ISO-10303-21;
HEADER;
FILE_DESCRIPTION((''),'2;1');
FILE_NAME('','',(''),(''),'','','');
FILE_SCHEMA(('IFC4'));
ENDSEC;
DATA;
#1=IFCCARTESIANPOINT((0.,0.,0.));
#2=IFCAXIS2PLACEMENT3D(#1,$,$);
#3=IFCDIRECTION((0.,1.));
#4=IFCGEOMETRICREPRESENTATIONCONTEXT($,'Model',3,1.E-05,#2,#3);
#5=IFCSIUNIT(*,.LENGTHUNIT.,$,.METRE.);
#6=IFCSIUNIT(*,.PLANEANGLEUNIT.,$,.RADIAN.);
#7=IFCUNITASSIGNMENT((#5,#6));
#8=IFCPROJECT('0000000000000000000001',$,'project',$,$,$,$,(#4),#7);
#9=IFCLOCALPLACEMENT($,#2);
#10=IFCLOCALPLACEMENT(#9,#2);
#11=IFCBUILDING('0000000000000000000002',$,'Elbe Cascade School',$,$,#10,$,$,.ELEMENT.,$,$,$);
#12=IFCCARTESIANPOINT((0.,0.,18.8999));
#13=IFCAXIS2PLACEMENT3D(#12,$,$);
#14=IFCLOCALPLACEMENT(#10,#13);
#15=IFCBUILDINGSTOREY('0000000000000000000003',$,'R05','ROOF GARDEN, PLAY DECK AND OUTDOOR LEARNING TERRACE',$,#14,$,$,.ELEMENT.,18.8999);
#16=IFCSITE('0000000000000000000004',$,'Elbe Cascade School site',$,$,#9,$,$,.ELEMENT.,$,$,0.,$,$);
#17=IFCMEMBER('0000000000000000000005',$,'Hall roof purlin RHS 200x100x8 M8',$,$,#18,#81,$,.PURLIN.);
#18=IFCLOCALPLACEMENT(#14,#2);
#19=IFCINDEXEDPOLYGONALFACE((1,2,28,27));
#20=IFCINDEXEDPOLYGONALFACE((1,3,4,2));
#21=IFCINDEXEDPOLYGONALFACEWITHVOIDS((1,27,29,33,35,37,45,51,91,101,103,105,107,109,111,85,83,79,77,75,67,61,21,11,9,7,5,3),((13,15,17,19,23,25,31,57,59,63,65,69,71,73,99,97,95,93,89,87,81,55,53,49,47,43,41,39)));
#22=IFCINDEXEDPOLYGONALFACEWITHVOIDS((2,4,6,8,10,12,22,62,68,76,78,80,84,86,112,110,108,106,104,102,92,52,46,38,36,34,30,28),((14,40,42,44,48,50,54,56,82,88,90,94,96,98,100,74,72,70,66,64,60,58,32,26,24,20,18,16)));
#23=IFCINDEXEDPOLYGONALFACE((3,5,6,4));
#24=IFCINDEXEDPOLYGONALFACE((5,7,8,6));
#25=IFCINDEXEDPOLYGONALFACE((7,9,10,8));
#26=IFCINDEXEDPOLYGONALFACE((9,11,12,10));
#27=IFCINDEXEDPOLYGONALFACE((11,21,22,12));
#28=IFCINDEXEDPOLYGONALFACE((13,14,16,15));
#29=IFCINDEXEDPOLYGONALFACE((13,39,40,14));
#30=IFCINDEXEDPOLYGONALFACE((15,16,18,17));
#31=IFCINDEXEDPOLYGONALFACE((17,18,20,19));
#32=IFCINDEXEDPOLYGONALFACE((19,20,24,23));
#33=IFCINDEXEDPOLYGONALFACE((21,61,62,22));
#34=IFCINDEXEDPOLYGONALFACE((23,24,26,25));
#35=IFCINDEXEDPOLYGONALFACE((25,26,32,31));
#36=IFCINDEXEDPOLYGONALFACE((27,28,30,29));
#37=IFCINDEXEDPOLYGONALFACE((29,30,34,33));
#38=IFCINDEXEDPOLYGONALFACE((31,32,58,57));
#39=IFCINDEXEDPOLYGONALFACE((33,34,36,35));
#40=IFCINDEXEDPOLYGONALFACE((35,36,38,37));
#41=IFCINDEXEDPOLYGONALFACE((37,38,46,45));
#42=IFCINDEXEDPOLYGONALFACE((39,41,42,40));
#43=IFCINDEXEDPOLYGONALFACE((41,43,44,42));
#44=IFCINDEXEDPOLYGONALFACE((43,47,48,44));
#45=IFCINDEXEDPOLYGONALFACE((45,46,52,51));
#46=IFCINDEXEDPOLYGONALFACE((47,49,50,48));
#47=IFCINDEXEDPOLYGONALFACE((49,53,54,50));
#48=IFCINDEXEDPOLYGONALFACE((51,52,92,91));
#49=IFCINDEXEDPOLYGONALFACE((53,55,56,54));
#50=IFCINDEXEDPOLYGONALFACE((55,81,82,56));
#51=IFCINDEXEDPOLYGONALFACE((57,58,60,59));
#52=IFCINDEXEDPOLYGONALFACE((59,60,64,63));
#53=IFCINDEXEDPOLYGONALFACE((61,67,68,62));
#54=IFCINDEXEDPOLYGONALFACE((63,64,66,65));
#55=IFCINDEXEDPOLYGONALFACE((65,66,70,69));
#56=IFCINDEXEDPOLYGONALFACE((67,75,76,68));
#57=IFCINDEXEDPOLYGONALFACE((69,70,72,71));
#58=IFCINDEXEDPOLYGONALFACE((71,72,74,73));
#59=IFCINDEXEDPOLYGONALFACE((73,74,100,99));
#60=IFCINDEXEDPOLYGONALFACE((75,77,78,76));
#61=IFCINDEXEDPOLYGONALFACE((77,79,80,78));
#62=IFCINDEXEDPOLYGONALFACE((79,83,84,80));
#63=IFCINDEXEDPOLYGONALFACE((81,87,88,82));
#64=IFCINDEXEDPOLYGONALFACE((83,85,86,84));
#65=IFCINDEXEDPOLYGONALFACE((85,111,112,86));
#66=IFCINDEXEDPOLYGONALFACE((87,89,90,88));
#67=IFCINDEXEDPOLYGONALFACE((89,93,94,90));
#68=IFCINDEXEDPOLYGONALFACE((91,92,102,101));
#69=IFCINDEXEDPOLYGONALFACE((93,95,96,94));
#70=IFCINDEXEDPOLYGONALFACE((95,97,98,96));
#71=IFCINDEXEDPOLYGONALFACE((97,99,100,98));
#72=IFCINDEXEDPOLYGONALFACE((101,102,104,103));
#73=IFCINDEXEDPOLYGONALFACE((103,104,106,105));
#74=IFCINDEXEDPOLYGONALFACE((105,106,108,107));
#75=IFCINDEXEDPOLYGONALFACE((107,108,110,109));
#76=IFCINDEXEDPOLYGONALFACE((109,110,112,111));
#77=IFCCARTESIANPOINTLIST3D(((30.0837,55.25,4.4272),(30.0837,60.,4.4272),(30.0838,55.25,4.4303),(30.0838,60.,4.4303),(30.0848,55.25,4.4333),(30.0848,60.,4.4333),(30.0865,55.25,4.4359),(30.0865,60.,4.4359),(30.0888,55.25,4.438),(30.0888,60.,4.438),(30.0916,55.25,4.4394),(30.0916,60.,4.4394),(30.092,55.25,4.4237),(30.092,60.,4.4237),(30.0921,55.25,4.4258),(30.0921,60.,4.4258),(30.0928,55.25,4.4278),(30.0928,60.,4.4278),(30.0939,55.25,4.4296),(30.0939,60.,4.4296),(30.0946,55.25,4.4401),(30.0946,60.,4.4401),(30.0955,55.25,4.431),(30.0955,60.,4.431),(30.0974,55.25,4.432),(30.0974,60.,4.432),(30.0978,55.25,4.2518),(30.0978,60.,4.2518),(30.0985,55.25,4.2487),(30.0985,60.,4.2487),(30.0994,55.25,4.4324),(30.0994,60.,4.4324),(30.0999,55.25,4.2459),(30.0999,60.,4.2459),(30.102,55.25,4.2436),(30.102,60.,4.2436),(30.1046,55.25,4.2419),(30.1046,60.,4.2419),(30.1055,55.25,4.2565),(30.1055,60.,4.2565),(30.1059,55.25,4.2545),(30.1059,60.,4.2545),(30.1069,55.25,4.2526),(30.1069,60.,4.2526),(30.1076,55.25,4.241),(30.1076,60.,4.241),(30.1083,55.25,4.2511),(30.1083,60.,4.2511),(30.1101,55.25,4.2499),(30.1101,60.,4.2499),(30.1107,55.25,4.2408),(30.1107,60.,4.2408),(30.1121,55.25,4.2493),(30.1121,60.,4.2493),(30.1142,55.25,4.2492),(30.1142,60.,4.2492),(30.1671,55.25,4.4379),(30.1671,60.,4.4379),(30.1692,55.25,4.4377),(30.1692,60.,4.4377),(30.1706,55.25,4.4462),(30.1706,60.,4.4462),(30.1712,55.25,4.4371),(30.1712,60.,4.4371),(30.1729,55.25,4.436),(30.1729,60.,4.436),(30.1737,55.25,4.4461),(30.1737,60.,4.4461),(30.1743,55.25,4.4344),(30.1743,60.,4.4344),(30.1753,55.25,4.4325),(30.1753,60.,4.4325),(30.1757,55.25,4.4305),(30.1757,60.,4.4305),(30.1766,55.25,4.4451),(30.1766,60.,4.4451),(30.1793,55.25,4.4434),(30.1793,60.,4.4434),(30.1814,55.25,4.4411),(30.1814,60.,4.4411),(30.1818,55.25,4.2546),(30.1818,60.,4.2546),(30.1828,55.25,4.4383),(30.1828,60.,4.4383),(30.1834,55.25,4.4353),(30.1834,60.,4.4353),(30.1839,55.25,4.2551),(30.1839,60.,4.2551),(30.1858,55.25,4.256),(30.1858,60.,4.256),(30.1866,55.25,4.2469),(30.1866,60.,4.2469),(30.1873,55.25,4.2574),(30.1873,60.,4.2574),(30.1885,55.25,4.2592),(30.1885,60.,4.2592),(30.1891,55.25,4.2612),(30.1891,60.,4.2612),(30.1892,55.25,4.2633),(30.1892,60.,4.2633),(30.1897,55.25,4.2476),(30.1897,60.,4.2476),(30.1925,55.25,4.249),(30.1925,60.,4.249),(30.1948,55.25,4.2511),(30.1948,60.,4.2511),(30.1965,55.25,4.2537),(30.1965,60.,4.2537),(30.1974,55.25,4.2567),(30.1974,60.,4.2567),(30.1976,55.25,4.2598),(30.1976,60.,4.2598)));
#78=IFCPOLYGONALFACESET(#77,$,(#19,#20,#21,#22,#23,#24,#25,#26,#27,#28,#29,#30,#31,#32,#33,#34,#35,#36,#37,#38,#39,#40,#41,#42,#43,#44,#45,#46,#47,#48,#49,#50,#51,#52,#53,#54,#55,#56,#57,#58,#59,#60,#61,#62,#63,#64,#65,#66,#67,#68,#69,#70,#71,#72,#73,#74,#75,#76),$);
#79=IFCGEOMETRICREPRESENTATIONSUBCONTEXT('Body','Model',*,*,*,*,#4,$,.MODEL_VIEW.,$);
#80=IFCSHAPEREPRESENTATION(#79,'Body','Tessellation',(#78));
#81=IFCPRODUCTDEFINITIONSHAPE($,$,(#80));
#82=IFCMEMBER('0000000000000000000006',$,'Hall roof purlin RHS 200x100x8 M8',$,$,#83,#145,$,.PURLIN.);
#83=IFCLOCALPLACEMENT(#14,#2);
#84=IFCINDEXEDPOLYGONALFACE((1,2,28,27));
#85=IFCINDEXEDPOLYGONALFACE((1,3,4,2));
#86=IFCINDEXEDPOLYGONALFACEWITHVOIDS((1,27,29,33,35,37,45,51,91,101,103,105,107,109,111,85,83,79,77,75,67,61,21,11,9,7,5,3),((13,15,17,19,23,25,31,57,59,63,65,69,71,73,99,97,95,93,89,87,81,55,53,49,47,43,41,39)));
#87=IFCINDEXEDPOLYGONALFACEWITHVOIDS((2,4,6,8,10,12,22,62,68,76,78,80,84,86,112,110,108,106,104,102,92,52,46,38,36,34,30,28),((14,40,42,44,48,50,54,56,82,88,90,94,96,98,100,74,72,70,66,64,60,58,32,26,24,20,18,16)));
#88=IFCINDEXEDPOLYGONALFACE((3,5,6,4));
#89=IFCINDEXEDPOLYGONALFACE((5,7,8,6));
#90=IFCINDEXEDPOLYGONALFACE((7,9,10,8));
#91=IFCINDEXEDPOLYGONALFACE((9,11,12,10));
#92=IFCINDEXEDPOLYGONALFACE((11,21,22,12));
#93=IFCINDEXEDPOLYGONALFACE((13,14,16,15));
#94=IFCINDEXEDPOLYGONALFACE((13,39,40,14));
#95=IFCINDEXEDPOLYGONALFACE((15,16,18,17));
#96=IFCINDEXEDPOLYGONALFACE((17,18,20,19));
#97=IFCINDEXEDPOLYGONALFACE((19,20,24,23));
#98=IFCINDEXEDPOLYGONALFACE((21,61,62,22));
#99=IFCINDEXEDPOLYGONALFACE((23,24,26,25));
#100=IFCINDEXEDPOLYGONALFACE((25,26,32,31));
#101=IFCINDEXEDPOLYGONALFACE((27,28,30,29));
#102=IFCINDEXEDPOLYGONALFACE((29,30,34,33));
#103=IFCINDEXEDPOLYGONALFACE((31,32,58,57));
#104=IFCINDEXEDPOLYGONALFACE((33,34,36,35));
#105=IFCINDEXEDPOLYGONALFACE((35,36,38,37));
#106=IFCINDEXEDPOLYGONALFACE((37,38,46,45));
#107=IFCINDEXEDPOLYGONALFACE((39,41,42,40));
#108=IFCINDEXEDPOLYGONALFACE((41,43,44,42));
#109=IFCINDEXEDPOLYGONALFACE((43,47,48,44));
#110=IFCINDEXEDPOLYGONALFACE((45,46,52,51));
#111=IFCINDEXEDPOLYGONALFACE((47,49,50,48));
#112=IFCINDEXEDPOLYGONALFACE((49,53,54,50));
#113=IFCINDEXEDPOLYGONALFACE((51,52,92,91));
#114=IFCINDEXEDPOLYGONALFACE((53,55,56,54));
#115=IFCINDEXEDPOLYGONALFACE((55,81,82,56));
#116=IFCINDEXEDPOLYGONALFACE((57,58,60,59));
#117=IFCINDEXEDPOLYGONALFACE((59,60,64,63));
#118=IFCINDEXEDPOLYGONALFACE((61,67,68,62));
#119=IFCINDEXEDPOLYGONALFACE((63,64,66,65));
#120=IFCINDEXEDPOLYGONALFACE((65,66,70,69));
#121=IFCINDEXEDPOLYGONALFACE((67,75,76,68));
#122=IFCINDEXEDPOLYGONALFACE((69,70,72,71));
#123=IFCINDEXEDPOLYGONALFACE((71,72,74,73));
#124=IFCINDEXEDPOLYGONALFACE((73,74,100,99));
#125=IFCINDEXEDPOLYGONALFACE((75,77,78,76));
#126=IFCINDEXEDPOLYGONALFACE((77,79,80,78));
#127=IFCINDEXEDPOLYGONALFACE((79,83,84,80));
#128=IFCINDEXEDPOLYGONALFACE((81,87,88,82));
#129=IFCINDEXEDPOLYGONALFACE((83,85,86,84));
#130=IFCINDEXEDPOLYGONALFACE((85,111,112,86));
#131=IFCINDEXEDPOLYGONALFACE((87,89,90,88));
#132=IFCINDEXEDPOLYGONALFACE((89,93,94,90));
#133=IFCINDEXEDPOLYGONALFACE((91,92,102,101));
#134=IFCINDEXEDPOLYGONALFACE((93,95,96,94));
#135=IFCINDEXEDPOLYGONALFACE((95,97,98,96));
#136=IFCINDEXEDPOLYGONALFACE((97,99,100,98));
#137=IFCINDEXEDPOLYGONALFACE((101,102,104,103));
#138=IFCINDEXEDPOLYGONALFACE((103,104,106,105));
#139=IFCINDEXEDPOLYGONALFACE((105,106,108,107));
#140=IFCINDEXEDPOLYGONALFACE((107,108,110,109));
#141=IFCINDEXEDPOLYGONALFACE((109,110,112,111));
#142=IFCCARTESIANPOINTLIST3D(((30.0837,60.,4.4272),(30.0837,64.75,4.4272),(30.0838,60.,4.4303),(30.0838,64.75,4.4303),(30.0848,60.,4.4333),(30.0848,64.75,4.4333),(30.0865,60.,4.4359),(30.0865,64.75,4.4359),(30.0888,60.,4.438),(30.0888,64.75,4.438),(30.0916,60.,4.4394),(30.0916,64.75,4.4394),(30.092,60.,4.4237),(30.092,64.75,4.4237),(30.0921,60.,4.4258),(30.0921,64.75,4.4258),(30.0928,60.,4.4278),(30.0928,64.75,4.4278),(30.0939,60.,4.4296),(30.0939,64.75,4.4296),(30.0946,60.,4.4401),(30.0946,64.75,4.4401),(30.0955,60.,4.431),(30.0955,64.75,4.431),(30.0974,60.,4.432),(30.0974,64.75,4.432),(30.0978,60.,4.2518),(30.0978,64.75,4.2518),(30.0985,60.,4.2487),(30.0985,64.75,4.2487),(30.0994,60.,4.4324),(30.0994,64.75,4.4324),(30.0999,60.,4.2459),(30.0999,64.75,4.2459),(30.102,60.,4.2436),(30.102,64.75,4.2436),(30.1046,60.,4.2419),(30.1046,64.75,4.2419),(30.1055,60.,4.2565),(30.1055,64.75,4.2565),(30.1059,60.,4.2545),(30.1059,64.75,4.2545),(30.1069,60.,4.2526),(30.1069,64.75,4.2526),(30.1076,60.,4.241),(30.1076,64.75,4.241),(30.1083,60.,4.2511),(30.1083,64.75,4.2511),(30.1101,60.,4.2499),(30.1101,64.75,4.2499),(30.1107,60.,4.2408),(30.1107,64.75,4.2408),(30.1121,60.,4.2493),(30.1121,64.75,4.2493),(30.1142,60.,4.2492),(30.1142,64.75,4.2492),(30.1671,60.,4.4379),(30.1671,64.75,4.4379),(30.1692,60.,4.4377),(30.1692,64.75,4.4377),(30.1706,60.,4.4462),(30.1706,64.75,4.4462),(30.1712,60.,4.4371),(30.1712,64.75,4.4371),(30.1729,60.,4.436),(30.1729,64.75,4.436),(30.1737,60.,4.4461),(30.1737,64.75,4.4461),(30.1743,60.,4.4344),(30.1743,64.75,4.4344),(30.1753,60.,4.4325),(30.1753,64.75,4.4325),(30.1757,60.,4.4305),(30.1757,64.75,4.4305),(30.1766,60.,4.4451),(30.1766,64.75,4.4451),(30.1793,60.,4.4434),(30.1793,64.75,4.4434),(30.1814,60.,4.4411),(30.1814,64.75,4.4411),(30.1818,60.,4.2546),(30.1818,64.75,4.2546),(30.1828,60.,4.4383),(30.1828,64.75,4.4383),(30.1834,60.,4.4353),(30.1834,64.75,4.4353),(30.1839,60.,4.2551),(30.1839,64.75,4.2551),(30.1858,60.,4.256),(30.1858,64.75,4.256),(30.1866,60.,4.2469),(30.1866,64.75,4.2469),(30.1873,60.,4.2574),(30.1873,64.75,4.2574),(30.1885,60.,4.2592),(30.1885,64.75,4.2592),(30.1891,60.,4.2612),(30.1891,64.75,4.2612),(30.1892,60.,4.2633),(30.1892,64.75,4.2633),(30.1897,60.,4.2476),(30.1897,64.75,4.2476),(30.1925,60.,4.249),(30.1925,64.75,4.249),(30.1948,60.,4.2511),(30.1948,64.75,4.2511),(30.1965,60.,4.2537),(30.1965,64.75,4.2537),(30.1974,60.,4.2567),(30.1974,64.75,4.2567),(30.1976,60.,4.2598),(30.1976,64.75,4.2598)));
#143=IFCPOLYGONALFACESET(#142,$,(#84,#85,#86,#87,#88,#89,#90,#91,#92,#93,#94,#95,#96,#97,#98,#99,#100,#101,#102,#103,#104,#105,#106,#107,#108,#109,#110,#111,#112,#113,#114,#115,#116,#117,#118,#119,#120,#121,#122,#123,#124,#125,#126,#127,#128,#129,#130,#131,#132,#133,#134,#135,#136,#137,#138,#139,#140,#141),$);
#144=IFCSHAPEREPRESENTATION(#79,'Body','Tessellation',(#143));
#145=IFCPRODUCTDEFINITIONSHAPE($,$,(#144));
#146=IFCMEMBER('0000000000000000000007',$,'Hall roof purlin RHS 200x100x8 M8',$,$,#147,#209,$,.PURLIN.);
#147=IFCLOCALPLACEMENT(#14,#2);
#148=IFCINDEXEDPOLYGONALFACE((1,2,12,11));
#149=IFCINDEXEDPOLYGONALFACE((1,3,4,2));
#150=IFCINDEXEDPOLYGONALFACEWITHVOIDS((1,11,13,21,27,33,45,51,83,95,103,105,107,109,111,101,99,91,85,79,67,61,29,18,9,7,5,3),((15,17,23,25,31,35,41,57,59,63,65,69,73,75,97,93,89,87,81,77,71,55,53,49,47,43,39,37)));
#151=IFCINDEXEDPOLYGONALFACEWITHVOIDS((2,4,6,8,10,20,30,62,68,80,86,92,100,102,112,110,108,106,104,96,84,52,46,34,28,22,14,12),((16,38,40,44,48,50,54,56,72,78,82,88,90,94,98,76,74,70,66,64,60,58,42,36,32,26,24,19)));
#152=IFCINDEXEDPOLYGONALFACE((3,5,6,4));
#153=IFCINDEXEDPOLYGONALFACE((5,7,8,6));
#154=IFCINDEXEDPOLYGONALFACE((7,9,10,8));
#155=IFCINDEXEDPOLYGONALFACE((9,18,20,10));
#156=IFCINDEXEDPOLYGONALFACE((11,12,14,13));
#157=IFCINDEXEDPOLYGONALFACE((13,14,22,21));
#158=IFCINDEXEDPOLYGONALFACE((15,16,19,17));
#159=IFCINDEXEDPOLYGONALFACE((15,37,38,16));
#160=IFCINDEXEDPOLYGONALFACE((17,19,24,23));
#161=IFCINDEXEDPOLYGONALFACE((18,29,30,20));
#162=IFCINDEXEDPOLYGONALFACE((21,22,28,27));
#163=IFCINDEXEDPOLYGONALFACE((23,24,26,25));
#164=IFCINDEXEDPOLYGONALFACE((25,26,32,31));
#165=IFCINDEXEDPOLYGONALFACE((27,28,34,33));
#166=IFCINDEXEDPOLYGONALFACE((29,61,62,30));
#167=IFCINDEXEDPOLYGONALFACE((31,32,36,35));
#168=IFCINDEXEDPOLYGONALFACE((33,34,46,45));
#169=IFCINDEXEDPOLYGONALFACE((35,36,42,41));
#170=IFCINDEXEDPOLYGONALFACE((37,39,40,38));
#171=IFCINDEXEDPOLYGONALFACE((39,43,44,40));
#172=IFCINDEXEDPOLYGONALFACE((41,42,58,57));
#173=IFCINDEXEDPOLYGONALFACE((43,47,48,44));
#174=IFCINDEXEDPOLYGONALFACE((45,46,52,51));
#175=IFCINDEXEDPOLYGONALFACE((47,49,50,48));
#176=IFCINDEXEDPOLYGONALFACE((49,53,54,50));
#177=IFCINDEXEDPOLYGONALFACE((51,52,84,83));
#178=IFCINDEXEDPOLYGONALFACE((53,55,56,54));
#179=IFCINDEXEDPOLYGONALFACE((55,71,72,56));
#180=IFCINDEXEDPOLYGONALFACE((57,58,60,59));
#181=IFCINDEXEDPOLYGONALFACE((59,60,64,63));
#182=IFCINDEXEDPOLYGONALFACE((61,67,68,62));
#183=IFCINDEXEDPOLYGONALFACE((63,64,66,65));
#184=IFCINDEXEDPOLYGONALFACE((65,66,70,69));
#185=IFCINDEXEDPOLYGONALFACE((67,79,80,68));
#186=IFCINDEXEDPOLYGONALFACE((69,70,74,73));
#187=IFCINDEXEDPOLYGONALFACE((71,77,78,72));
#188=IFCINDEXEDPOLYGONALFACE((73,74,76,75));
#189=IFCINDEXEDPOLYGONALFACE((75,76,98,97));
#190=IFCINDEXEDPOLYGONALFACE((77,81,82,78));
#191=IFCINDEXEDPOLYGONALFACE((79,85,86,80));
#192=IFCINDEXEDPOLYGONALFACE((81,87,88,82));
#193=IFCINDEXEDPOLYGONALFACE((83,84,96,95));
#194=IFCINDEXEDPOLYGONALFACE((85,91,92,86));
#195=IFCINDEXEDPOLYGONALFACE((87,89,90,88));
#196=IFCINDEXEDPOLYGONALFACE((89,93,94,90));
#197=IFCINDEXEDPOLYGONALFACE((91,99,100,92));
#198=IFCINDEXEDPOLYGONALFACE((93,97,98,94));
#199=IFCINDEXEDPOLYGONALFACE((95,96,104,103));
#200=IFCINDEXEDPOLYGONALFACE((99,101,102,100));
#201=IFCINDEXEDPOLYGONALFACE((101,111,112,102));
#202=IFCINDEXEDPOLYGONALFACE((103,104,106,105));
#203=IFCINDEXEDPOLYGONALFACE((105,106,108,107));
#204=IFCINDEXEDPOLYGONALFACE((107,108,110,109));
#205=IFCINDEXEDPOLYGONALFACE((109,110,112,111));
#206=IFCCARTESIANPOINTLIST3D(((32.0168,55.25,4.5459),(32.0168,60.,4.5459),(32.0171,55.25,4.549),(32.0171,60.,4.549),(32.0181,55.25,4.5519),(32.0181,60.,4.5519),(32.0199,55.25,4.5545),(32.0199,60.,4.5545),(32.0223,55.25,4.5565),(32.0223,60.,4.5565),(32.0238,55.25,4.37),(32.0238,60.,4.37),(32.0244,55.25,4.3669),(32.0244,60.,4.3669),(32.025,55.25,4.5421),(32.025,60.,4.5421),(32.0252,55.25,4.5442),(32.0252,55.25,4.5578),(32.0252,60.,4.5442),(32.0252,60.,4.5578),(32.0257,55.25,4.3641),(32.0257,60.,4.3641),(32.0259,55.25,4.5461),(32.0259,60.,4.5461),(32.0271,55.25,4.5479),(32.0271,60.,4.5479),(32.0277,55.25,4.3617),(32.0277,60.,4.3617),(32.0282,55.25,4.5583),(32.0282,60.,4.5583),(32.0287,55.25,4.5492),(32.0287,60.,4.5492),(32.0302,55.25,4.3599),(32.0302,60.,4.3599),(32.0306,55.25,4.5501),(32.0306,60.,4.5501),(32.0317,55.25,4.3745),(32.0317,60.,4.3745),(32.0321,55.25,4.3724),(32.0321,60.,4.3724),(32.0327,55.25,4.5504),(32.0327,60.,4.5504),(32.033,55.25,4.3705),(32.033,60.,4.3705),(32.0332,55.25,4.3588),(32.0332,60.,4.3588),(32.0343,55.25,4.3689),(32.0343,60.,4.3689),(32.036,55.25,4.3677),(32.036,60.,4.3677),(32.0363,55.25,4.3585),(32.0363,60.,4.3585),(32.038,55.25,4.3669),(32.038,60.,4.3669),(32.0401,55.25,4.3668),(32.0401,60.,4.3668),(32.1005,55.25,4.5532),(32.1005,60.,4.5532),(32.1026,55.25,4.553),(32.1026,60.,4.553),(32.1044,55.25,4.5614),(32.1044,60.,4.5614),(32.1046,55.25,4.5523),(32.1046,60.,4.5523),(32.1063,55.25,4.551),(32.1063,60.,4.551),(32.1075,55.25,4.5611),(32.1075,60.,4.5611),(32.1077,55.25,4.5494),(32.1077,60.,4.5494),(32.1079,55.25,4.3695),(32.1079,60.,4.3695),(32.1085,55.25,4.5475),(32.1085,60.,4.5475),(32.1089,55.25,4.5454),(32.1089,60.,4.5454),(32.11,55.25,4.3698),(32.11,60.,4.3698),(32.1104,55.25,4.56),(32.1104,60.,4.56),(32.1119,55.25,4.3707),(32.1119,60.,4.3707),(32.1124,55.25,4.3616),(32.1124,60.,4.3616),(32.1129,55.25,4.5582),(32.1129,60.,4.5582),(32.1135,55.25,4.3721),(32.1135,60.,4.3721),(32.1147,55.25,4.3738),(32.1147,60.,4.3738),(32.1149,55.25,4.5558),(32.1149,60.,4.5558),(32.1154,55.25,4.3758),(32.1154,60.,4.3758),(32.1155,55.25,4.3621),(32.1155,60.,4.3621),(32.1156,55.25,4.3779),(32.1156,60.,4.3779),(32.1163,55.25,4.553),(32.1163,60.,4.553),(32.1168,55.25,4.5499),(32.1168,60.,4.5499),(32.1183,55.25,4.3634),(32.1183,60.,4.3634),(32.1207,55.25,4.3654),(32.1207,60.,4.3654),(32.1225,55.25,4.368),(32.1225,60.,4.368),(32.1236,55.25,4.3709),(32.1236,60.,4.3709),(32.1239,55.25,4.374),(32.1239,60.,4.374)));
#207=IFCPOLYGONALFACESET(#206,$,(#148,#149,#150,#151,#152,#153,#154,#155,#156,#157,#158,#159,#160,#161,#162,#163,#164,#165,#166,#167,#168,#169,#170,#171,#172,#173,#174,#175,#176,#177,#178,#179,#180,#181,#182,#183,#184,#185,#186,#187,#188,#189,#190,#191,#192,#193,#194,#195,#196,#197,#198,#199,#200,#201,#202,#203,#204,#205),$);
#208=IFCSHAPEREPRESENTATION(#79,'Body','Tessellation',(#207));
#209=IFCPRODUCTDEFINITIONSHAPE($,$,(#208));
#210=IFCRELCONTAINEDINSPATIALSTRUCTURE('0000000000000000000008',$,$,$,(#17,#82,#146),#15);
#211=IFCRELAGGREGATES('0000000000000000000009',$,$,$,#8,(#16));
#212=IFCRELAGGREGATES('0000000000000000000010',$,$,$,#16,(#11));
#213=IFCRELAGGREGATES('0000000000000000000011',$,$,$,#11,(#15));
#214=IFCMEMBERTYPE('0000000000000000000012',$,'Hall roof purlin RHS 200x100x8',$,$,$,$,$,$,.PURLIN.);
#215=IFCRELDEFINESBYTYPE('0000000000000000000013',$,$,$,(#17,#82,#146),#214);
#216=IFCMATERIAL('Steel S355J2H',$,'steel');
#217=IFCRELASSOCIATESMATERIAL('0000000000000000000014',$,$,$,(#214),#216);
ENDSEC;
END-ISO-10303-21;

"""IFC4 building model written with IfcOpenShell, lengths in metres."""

from ifc_helpers import new_model, si_unit, direction, frame, origin, origin_2d, place, context, subcontext, project, spatial, hollow_rectangle, extrude, material, material_profile, profile_set, type_object, element, save


model = new_model("IFC4")

# Units and contexts
model_context = context("Model", 3, precision=1e-05, world=origin(), true_north=direction((0.0, 1.0)))
body_context = subcontext(model_context, "Body", "Model", "MODEL_VIEW")
ifc_project = project(units=[si_unit("LENGTHUNIT", "METRE"), si_unit("PLANEANGLEUNIT", "RADIAN")], contexts=[model_context])

# Site, building, storey
site_placement = place(None, origin())
site = spatial("IfcSite", under=ifc_project, at=site_placement, Name="Elbe Cascade School site", CompositionType="ELEMENT", RefElevation=0.0)
building_placement = place(site_placement, origin())
building = spatial("IfcBuilding", under=site, at=building_placement, Name="Elbe Cascade School", CompositionType="ELEMENT")
storey_placement = place(building_placement, frame((0.0, 0.0, 18.8999)))
storey = spatial("IfcBuildingStorey", under=building, at=storey_placement, Name="R05", Description="ROOF GARDEN, PLAY DECK AND OUTDOOR LEARNING TERRACE", CompositionType="ELEMENT", Elevation=18.8999)

# Members
ifc_material_1 = material(Name="Steel S355J2H", Category="steel")
ifc_material_profile_1 = material_profile(ifc_material_1, hollow_rectangle(XDim=0.1001, YDim=0.2, WallThickness=0.0081, InnerFilletRadius=0.0081, OuterFilletRadius=0.012, at=origin_2d()), Name="RHS 200x100x8")
ifc_profile_set_1 = profile_set([ifc_material_profile_1], Name="Steel S355J2H")
member_type_1 = type_object("IfcMemberType", Name="Hall roof purlin RHS 200x100x8", PredefinedType="PURLIN", material=ifc_profile_set_1)
for number, where, z_axis, x_axis, name in (
    (1, (30.1406, 55.25, 4.3435), (0.0, 1.0, 0.0), (-0.99677, 0.0, -0.080309), "Hall roof purlin RHS 200x100x8 M8"),
    (2, (30.1406, 60.0, 4.3435), (0.0, 1.0, 0.0), (-0.99677, 0.0, -0.080309), "Hall roof purlin RHS 200x100x8 M8"),
    (3, (32.0703, 55.25, 4.46), (0.0, 1.0, 0.0), (-0.999193, 0.0, -0.040154), "Hall roof purlin RHS 200x100x8 M8"),
):
    element("IfcMember", number, at=place(storey_placement, frame(where, z_axis=z_axis, x_axis=x_axis)), inside=storey, type_object=member_type_1, Name=name, PredefinedType="PURLIN", context=body_context, shape_type="SweptSolid", body=[
        extrude(hollow_rectangle(XDim=0.1001, YDim=0.2, WallThickness=0.0081, InnerFilletRadius=0.0081, OuterFilletRadius=0.012, at=origin_2d()), origin(), (0.0, 0.0, 1.0), 4.75),
    ])

save(model, "model.ifc")
